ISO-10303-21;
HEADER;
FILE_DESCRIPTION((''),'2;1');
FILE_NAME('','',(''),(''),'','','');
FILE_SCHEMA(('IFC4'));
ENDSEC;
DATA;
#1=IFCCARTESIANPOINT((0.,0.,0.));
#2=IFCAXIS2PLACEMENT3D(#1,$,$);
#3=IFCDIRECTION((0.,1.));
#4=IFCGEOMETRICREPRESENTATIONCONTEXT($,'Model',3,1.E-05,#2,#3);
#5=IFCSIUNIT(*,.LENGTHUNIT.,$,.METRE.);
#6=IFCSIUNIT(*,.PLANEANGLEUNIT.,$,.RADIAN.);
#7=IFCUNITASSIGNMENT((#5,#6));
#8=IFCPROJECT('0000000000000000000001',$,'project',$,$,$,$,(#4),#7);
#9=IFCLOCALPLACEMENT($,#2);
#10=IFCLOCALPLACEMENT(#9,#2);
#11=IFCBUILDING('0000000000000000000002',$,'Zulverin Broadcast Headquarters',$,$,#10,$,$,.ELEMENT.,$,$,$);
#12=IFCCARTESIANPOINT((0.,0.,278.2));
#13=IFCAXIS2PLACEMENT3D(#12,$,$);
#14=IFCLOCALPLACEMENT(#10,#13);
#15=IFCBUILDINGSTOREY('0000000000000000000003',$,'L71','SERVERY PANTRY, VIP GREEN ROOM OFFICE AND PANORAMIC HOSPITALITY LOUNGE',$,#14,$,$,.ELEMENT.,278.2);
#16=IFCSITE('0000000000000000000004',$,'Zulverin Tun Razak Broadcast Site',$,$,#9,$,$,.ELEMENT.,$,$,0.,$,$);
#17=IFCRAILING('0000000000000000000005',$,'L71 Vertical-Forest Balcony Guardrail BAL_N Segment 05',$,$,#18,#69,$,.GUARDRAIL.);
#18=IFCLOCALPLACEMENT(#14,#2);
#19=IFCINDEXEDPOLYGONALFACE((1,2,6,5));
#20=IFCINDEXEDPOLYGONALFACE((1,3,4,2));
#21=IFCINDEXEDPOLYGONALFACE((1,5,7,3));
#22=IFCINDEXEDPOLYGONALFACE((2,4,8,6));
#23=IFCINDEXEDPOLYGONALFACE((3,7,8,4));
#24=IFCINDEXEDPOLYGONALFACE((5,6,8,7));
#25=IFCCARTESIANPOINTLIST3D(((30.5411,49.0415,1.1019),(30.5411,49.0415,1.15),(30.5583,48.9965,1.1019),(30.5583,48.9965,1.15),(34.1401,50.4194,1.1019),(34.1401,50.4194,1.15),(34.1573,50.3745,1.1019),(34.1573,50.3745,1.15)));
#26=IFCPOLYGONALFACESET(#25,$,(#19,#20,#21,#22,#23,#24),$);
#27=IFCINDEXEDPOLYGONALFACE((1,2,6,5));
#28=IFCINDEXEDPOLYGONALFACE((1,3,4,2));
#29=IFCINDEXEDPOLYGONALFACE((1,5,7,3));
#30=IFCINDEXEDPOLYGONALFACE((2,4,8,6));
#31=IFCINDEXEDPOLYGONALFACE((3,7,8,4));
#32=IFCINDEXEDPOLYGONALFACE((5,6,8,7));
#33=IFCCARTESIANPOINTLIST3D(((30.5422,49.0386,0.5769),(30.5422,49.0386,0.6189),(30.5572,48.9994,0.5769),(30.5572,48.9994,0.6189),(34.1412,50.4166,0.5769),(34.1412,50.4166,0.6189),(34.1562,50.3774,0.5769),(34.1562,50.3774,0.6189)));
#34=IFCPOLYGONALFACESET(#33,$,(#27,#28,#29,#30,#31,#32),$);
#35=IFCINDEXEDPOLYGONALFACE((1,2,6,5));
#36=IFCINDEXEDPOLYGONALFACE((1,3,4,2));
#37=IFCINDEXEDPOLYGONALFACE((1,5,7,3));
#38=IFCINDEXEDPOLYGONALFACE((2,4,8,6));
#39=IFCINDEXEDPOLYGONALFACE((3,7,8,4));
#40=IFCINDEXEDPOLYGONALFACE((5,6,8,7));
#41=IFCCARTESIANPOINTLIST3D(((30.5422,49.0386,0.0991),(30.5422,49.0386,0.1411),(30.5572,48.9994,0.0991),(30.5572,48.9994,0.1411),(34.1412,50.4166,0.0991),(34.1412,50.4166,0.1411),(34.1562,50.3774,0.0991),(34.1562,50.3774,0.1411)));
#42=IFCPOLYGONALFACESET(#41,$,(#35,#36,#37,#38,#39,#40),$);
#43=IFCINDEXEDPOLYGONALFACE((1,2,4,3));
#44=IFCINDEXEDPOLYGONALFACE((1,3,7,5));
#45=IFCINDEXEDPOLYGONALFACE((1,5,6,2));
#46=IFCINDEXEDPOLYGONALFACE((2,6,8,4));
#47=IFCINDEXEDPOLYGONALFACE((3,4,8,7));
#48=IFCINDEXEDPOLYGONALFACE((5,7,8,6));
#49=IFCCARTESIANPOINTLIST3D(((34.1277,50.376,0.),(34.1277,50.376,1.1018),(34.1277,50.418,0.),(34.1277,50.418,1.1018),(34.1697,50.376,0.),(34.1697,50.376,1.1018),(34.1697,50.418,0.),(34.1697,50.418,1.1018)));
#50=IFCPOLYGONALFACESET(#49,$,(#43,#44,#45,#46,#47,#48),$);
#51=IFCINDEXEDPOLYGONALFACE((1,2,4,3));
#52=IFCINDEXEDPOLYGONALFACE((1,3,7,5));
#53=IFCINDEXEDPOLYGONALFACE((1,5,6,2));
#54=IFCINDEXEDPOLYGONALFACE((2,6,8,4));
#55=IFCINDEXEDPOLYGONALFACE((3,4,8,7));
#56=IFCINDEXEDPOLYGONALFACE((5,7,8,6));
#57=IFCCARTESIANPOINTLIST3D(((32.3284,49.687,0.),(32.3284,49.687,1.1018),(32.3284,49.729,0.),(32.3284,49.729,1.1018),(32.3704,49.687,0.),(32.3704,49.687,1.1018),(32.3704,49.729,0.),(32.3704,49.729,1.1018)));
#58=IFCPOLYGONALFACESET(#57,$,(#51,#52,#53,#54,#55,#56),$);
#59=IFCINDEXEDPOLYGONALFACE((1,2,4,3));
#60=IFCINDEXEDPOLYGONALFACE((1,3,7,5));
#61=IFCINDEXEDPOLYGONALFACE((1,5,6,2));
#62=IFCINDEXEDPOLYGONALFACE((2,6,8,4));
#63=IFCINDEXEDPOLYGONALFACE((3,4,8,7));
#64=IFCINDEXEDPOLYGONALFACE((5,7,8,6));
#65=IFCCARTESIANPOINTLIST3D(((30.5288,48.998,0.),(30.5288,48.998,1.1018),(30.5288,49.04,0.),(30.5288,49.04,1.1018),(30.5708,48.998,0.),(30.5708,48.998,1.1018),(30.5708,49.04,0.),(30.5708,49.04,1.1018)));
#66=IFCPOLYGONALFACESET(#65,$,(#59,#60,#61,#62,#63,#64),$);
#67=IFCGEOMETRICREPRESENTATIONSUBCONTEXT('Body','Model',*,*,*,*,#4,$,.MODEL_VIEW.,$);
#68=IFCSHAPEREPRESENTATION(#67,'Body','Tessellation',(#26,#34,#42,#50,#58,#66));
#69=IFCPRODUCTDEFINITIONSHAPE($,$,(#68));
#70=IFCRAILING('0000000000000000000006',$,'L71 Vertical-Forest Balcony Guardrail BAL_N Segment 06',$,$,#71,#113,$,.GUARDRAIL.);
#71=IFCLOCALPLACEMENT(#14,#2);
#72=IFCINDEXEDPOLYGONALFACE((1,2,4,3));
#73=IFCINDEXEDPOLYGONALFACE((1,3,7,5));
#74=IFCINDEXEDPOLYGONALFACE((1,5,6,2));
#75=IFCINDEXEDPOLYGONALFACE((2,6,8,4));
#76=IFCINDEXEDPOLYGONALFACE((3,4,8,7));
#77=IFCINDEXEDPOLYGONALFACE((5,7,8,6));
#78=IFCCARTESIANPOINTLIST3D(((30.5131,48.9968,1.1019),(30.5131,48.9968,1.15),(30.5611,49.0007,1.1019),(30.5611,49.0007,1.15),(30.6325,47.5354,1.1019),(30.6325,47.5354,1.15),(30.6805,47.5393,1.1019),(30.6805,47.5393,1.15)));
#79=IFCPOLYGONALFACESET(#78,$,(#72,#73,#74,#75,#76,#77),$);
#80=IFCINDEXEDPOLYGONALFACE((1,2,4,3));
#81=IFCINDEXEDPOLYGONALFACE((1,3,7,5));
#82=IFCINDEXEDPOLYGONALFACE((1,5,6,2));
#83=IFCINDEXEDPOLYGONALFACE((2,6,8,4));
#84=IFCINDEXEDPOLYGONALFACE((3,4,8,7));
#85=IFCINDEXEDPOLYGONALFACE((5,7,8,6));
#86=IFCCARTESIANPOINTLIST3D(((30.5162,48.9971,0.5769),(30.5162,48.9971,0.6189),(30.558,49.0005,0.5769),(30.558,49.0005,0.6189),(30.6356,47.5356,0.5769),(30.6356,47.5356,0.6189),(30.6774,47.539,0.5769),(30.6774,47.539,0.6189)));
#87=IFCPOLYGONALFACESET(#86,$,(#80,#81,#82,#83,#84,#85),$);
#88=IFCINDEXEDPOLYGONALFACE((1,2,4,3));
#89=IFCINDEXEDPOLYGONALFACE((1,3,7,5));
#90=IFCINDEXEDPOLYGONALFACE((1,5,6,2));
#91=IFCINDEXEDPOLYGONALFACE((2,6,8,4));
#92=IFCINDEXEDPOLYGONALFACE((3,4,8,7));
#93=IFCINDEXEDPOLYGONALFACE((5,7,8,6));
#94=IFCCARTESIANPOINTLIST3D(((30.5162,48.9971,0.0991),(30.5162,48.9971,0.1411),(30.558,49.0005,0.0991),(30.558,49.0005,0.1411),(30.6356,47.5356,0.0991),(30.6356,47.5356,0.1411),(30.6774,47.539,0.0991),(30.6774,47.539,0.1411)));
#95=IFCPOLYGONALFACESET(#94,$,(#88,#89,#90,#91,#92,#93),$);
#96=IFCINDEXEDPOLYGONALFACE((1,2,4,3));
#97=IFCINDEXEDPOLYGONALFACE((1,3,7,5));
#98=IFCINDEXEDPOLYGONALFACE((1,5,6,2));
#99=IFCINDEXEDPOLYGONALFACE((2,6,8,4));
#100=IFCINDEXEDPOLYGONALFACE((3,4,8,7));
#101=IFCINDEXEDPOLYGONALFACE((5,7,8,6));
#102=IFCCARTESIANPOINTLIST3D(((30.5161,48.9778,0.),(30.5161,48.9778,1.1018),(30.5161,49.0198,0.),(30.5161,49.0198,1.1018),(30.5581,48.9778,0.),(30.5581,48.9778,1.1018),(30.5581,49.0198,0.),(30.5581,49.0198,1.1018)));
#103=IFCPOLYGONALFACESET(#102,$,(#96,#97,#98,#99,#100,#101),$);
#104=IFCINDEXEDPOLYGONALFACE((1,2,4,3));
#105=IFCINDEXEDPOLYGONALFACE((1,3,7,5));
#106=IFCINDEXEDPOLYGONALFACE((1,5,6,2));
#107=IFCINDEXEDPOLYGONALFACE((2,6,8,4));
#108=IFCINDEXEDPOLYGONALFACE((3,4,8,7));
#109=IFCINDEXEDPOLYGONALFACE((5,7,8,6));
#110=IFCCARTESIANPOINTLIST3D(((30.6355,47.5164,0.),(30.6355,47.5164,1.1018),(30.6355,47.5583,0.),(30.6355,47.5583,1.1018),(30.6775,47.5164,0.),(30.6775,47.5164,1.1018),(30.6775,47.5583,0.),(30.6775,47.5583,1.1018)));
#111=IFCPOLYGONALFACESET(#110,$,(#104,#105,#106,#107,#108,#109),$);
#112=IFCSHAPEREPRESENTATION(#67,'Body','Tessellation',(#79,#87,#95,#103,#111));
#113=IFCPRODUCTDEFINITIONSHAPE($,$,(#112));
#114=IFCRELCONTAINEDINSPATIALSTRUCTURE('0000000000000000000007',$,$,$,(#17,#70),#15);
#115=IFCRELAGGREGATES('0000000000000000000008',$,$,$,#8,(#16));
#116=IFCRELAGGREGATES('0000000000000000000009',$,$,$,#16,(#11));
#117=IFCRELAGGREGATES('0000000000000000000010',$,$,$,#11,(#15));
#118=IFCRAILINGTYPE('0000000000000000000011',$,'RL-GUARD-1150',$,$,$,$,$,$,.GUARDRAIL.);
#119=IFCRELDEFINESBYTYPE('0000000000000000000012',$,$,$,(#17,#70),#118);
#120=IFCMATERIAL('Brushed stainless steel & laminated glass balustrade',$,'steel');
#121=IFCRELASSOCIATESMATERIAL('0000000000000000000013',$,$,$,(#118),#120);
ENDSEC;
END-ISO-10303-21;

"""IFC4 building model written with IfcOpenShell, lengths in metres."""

from ifc_helpers import new_model, si_unit, direction, frame, origin, origin_2d, place, context, subcontext, project, spatial, rectangle, extrude, material, type_object, element, save


model = new_model("IFC4")

# Units and contexts
model_context = context("Model", 3, precision=1e-05, world=origin(), true_north=direction((0.0, 1.0)))
body_context = subcontext(model_context, "Body", "Model", "MODEL_VIEW")
ifc_project = project(units=[si_unit("LENGTHUNIT", "METRE"), si_unit("PLANEANGLEUNIT", "RADIAN")], contexts=[model_context])

# Site, building, storey
site_placement = place(None, origin())
site = spatial("IfcSite", under=ifc_project, at=site_placement, Name="Zulverin Tun Razak Broadcast Site", CompositionType="ELEMENT", RefElevation=0.0)
building_placement = place(site_placement, origin())
building = spatial("IfcBuilding", under=site, at=building_placement, Name="Zulverin Broadcast Headquarters", CompositionType="ELEMENT")
storey_placement = place(building_placement, frame((0.0, 0.0, 278.2)))
storey = spatial("IfcBuildingStorey", under=building, at=storey_placement, Name="L71", Description="SERVERY PANTRY, VIP GREEN ROOM OFFICE AND PANORAMIC HOSPITALITY LOUNGE", CompositionType="ELEMENT", Elevation=278.2)

# Railings
ifc_material_1 = material(Name="Brushed stainless steel & laminated glass balustrade", Category="steel")
railing_type = type_object("IfcRailingType", Name="RL-GUARD-1150", PredefinedType="GUARDRAIL", material=ifc_material_1)
railing_1_placement = place(storey_placement, frame((34.1487, 50.397, 0.0)))
element("IfcRailing", 1, at=railing_1_placement, inside=storey, type_object=railing_type, Name="L71 Vertical-Forest Balcony Guardrail BAL_N Segment 05", PredefinedType="GUARDRAIL", context=body_context, shape_type="SweptSolid", body=[
    extrude(rectangle(XDim=0.0481, YDim=0.0481, at=origin_2d()), frame((0.0, 0.0, 1.126), z_axis=(-0.933888, -0.357565, 0.0), x_axis=(0.357565, -0.933888, 0.0)), (0.0, 0.0, 1.0), 3.8538),
    extrude(rectangle(XDim=0.042, YDim=0.042, at=origin_2d()), frame((0.0, 0.0, 0.5979), z_axis=(-0.933888, -0.357565, 0.0), x_axis=(0.357565, -0.933888, 0.0)), (0.0, 0.0, 1.0), 3.8538),
    extrude(rectangle(XDim=0.042, YDim=0.042, at=origin_2d()), frame((0.0, 0.0, 0.1201), z_axis=(-0.933888, -0.357565, 0.0), x_axis=(0.357565, -0.933888, 0.0)), (0.0, 0.0, 1.0), 3.8538),
    extrude(rectangle(XDim=0.042, YDim=0.042, at=origin_2d()), origin(), (0.0, 0.0, 1.0), 1.1018),
    extrude(rectangle(XDim=0.042, YDim=0.042, at=origin_2d()), frame((-1.7993, -0.689, 0.0)), (0.0, 0.0, 1.0), 1.1018),
    extrude(rectangle(XDim=0.042, YDim=0.042, at=origin_2d()), frame((-3.5989, -1.3779, 0.0)), (0.0, 0.0, 1.0), 1.1018),
])
railing_2_placement = place(storey_placement, frame((30.5371, 48.9988, 0.0)))
element("IfcRailing", 2, at=railing_2_placement, inside=storey, type_object=railing_type, Name="L71 Vertical-Forest Balcony Guardrail BAL_N Segment 06", PredefinedType="GUARDRAIL", context=body_context, shape_type="SweptSolid", body=[
    extrude(rectangle(XDim=0.0481, YDim=0.0481, at=origin_2d()), frame((0.0, 0.0, 1.126), z_axis=(0.081419, -0.99668, 0.0), x_axis=(0.99668, 0.081419, 0.0)), (0.0, 0.0, 1.0), 1.4663),
    extrude(rectangle(XDim=0.042, YDim=0.042, at=origin_2d()), frame((0.0, 0.0, 0.5979), z_axis=(0.081419, -0.99668, 0.0), x_axis=(0.99668, 0.081419, 0.0)), (0.0, 0.0, 1.0), 1.4663),
    extrude(rectangle(XDim=0.042, YDim=0.042, at=origin_2d()), frame((0.0, 0.0, 0.1201), z_axis=(0.081419, -0.99668, 0.0), x_axis=(0.99668, 0.081419, 0.0)), (0.0, 0.0, 1.0), 1.4663),
    extrude(rectangle(XDim=0.042, YDim=0.042, at=origin_2d()), origin(), (0.0, 0.0, 1.0), 1.1018),
    extrude(rectangle(XDim=0.042, YDim=0.042, at=origin_2d()), frame((0.1194, -1.4614, 0.0)), (0.0, 0.0, 1.0), 1.1018),
])

save(model, "model.ifc")
